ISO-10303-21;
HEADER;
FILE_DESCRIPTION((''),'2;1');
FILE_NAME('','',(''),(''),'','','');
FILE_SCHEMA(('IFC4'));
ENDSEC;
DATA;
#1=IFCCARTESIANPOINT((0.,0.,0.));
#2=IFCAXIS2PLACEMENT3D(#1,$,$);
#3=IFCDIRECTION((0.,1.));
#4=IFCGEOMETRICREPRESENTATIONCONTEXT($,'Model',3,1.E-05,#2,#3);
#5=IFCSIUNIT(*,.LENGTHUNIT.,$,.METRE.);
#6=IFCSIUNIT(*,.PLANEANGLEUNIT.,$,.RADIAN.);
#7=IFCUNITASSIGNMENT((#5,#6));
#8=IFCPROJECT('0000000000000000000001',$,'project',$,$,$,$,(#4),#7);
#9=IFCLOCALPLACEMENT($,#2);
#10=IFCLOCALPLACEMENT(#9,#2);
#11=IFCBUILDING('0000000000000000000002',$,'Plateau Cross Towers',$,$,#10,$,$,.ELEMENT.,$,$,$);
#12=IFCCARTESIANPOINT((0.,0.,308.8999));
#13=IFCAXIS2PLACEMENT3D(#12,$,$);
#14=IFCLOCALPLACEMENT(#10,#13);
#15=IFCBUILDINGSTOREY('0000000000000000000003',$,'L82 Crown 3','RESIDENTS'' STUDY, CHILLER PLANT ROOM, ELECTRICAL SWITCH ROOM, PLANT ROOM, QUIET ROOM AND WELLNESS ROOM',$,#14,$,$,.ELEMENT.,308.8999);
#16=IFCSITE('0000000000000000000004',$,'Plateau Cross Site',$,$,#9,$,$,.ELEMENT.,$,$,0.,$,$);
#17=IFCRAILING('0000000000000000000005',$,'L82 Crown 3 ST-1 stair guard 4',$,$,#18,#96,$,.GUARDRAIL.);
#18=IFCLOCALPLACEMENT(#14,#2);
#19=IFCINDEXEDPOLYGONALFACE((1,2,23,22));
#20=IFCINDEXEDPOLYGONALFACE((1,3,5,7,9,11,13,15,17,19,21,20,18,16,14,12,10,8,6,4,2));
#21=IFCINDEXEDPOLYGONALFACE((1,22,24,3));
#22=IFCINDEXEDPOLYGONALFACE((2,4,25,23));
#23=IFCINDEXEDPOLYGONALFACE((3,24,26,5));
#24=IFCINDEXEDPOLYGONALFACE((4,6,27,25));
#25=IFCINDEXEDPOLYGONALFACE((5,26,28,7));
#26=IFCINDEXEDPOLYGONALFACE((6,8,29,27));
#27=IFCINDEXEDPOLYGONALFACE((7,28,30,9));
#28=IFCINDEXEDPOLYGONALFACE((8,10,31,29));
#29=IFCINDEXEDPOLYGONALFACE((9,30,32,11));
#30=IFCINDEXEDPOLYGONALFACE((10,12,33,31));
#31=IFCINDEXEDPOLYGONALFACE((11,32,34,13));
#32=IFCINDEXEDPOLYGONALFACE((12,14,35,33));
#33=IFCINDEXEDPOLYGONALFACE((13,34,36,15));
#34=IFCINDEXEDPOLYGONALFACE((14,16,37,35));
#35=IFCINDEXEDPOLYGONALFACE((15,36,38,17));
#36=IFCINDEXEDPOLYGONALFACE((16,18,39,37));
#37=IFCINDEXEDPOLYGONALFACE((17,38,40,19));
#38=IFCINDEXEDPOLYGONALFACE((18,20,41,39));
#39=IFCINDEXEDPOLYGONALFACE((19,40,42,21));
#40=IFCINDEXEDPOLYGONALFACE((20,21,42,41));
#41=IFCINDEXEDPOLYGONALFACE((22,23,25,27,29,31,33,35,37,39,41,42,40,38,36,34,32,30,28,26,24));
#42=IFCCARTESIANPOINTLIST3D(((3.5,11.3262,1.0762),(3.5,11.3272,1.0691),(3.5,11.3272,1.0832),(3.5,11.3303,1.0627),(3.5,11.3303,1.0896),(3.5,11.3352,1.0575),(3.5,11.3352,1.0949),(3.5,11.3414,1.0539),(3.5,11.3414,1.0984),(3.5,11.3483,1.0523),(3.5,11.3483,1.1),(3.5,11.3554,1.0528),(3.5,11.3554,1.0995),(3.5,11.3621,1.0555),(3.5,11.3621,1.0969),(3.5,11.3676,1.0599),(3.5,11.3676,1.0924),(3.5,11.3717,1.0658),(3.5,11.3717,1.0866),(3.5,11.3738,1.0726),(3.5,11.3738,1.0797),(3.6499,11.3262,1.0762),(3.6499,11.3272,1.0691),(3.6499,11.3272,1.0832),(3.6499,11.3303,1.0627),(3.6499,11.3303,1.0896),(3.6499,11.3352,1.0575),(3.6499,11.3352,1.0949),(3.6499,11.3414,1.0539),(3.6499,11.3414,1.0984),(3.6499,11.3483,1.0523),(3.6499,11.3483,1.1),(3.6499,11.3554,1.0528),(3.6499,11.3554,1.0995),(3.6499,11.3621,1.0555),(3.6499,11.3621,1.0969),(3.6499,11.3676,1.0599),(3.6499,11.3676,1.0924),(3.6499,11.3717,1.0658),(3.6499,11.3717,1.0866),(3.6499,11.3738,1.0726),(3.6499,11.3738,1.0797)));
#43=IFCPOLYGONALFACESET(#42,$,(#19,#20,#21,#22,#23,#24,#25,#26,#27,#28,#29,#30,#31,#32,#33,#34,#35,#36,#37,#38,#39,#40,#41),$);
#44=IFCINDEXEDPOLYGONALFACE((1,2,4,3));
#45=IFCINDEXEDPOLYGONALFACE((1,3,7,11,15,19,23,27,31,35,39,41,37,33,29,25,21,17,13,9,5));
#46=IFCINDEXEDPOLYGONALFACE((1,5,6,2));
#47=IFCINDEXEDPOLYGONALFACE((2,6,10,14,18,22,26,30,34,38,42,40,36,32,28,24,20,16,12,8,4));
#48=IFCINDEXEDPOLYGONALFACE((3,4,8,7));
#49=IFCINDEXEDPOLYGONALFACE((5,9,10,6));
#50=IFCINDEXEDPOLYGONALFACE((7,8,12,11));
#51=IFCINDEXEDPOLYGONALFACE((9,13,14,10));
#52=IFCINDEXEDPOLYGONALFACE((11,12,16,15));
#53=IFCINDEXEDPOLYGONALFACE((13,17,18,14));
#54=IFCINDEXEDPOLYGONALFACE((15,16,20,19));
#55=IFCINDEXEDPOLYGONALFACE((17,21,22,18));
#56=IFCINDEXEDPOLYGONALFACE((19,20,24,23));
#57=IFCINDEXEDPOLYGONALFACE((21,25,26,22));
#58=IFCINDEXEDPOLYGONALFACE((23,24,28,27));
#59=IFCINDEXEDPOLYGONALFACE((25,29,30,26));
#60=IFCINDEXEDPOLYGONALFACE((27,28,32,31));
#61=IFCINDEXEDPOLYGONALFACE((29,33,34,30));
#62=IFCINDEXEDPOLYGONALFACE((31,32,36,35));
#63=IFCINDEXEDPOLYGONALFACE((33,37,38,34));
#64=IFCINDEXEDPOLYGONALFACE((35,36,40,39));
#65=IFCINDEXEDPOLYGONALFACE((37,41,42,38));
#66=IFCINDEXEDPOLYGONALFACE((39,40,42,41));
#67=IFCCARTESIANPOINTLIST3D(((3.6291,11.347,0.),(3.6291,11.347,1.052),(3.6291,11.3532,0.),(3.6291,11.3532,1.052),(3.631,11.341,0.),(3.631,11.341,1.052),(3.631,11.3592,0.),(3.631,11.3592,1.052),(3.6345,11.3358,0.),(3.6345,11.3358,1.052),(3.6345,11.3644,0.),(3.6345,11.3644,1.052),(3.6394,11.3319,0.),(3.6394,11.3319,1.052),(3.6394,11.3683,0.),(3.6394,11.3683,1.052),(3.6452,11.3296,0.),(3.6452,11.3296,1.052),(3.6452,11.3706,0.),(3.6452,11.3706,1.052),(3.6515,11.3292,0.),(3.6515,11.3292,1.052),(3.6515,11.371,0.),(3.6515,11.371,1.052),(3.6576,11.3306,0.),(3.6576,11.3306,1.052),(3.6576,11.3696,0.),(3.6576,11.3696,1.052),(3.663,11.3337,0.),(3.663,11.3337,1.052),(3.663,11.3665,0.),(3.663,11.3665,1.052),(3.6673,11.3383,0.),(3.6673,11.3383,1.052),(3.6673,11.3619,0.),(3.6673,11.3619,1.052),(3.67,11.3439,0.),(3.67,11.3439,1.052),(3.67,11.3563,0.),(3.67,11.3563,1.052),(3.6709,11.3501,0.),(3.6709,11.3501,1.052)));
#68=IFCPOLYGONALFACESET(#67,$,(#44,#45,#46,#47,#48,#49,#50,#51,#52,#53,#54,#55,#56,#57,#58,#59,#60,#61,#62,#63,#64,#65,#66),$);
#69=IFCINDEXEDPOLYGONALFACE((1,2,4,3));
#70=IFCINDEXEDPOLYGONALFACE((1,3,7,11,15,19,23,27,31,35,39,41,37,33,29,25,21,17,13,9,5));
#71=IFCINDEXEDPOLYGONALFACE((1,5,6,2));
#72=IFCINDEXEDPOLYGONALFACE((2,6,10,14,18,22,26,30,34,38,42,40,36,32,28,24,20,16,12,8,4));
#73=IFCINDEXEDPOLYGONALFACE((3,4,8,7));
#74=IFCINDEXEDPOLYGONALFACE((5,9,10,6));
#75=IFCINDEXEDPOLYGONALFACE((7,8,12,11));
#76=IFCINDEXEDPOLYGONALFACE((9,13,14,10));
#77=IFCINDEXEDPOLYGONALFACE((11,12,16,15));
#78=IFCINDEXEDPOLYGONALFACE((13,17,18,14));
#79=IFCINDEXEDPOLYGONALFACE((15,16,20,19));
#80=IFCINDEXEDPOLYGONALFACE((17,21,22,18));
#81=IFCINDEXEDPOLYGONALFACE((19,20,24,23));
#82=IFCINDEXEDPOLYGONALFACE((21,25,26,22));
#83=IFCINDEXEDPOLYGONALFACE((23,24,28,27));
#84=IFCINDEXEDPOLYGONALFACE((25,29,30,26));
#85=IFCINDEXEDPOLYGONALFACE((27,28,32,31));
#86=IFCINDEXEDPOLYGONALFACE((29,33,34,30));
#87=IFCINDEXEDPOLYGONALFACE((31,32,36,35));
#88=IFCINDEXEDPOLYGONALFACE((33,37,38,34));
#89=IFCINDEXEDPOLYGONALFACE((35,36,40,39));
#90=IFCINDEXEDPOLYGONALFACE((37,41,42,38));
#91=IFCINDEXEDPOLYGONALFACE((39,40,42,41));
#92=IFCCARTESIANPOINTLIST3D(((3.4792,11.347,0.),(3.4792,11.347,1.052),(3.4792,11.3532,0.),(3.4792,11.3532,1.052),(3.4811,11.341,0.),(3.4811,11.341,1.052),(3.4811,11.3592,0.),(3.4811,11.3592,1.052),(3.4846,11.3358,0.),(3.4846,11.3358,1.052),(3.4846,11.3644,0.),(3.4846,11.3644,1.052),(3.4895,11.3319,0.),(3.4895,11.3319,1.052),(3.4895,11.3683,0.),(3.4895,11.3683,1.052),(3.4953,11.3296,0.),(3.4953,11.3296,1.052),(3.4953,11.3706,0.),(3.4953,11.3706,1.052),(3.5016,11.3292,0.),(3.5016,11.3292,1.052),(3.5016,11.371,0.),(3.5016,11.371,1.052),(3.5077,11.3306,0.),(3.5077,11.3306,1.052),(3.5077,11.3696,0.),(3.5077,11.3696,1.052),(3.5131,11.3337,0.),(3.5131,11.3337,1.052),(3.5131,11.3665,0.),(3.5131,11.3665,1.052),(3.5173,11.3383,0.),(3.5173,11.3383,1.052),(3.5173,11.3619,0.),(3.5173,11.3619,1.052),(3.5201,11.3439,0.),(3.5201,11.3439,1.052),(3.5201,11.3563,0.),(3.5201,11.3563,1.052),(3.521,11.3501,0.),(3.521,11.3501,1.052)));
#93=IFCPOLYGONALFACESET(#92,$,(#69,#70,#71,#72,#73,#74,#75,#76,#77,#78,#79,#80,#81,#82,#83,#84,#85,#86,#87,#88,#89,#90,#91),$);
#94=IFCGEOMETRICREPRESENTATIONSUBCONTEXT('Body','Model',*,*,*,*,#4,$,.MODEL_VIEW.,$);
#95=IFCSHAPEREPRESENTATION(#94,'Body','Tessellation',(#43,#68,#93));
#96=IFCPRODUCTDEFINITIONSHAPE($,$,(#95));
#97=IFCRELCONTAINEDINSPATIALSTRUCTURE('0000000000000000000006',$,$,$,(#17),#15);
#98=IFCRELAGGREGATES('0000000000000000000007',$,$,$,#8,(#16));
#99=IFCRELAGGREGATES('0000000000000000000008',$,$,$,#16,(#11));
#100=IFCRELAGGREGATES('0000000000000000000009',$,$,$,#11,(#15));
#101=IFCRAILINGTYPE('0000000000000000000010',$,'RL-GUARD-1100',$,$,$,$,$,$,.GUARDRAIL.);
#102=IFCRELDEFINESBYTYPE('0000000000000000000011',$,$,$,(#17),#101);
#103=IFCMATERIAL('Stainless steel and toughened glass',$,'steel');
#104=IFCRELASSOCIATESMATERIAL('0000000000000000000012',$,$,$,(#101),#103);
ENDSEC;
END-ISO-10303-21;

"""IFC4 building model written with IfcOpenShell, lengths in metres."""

from ifc_helpers import new_model, si_unit, direction, frame, origin, origin_2d, place, context, subcontext, project, spatial, circle, extrude, material, type_object, element, save


model = new_model("IFC4")

# Units and contexts
model_context = context("Model", 3, precision=1e-05, world=origin(), true_north=direction((0.0, 1.0)))
body_context = subcontext(model_context, "Body", "Model", "MODEL_VIEW")
ifc_project = project(units=[si_unit("LENGTHUNIT", "METRE"), si_unit("PLANEANGLEUNIT", "RADIAN")], contexts=[model_context])

# Site, building, storey
site_placement = place(None, origin())
site = spatial("IfcSite", under=ifc_project, at=site_placement, Name="Plateau Cross Site", CompositionType="ELEMENT", RefElevation=0.0)
building_placement = place(site_placement, origin())
building = spatial("IfcBuilding", under=site, at=building_placement, Name="Plateau Cross Towers", CompositionType="ELEMENT")
storey_placement = place(building_placement, frame((0.0, 0.0, 308.8999)))
storey = spatial("IfcBuildingStorey", under=building, at=storey_placement, Name="L82 Crown 3", Description="RESIDENTS' STUDY, CHILLER PLANT ROOM, ELECTRICAL SWITCH ROOM, PLANT ROOM, QUIET ROOM AND WELLNESS ROOM", CompositionType="ELEMENT", Elevation=308.8999)

# Railing
ifc_material_1 = material(Name="Stainless steel and toughened glass", Category="steel")
railing_type_1 = type_object("IfcRailingType", Name="RL-GUARD-1100", PredefinedType="GUARDRAIL", material=ifc_material_1)
railing_1_placement = place(storey_placement, frame((3.6499, 11.3501, 0.0)))
element("IfcRailing", 1, at=railing_1_placement, inside=storey, type_object=railing_type_1, Name="L82 Crown 3 ST-1 stair guard 4", PredefinedType="GUARDRAIL", context=body_context, shape_type="SweptSolid", body=[
    extrude(circle(Radius=0.0239, at=origin_2d()), frame((0.0, 0.0, 1.0762), z_axis=(-1.0, 0.0, 0.0), x_axis=(0.0, -1.0, 0.0)), (0.0, 0.0, 1.0), 0.1499),
    extrude(circle(Radius=0.021, at=origin_2d()), origin(), (0.0, 0.0, 1.0), 1.052),
    extrude(circle(Radius=0.021, at=origin_2d()), frame((-0.1499, 0.0, 0.0)), (0.0, 0.0, 1.0), 1.052),
])

save(model, "model.ifc")
